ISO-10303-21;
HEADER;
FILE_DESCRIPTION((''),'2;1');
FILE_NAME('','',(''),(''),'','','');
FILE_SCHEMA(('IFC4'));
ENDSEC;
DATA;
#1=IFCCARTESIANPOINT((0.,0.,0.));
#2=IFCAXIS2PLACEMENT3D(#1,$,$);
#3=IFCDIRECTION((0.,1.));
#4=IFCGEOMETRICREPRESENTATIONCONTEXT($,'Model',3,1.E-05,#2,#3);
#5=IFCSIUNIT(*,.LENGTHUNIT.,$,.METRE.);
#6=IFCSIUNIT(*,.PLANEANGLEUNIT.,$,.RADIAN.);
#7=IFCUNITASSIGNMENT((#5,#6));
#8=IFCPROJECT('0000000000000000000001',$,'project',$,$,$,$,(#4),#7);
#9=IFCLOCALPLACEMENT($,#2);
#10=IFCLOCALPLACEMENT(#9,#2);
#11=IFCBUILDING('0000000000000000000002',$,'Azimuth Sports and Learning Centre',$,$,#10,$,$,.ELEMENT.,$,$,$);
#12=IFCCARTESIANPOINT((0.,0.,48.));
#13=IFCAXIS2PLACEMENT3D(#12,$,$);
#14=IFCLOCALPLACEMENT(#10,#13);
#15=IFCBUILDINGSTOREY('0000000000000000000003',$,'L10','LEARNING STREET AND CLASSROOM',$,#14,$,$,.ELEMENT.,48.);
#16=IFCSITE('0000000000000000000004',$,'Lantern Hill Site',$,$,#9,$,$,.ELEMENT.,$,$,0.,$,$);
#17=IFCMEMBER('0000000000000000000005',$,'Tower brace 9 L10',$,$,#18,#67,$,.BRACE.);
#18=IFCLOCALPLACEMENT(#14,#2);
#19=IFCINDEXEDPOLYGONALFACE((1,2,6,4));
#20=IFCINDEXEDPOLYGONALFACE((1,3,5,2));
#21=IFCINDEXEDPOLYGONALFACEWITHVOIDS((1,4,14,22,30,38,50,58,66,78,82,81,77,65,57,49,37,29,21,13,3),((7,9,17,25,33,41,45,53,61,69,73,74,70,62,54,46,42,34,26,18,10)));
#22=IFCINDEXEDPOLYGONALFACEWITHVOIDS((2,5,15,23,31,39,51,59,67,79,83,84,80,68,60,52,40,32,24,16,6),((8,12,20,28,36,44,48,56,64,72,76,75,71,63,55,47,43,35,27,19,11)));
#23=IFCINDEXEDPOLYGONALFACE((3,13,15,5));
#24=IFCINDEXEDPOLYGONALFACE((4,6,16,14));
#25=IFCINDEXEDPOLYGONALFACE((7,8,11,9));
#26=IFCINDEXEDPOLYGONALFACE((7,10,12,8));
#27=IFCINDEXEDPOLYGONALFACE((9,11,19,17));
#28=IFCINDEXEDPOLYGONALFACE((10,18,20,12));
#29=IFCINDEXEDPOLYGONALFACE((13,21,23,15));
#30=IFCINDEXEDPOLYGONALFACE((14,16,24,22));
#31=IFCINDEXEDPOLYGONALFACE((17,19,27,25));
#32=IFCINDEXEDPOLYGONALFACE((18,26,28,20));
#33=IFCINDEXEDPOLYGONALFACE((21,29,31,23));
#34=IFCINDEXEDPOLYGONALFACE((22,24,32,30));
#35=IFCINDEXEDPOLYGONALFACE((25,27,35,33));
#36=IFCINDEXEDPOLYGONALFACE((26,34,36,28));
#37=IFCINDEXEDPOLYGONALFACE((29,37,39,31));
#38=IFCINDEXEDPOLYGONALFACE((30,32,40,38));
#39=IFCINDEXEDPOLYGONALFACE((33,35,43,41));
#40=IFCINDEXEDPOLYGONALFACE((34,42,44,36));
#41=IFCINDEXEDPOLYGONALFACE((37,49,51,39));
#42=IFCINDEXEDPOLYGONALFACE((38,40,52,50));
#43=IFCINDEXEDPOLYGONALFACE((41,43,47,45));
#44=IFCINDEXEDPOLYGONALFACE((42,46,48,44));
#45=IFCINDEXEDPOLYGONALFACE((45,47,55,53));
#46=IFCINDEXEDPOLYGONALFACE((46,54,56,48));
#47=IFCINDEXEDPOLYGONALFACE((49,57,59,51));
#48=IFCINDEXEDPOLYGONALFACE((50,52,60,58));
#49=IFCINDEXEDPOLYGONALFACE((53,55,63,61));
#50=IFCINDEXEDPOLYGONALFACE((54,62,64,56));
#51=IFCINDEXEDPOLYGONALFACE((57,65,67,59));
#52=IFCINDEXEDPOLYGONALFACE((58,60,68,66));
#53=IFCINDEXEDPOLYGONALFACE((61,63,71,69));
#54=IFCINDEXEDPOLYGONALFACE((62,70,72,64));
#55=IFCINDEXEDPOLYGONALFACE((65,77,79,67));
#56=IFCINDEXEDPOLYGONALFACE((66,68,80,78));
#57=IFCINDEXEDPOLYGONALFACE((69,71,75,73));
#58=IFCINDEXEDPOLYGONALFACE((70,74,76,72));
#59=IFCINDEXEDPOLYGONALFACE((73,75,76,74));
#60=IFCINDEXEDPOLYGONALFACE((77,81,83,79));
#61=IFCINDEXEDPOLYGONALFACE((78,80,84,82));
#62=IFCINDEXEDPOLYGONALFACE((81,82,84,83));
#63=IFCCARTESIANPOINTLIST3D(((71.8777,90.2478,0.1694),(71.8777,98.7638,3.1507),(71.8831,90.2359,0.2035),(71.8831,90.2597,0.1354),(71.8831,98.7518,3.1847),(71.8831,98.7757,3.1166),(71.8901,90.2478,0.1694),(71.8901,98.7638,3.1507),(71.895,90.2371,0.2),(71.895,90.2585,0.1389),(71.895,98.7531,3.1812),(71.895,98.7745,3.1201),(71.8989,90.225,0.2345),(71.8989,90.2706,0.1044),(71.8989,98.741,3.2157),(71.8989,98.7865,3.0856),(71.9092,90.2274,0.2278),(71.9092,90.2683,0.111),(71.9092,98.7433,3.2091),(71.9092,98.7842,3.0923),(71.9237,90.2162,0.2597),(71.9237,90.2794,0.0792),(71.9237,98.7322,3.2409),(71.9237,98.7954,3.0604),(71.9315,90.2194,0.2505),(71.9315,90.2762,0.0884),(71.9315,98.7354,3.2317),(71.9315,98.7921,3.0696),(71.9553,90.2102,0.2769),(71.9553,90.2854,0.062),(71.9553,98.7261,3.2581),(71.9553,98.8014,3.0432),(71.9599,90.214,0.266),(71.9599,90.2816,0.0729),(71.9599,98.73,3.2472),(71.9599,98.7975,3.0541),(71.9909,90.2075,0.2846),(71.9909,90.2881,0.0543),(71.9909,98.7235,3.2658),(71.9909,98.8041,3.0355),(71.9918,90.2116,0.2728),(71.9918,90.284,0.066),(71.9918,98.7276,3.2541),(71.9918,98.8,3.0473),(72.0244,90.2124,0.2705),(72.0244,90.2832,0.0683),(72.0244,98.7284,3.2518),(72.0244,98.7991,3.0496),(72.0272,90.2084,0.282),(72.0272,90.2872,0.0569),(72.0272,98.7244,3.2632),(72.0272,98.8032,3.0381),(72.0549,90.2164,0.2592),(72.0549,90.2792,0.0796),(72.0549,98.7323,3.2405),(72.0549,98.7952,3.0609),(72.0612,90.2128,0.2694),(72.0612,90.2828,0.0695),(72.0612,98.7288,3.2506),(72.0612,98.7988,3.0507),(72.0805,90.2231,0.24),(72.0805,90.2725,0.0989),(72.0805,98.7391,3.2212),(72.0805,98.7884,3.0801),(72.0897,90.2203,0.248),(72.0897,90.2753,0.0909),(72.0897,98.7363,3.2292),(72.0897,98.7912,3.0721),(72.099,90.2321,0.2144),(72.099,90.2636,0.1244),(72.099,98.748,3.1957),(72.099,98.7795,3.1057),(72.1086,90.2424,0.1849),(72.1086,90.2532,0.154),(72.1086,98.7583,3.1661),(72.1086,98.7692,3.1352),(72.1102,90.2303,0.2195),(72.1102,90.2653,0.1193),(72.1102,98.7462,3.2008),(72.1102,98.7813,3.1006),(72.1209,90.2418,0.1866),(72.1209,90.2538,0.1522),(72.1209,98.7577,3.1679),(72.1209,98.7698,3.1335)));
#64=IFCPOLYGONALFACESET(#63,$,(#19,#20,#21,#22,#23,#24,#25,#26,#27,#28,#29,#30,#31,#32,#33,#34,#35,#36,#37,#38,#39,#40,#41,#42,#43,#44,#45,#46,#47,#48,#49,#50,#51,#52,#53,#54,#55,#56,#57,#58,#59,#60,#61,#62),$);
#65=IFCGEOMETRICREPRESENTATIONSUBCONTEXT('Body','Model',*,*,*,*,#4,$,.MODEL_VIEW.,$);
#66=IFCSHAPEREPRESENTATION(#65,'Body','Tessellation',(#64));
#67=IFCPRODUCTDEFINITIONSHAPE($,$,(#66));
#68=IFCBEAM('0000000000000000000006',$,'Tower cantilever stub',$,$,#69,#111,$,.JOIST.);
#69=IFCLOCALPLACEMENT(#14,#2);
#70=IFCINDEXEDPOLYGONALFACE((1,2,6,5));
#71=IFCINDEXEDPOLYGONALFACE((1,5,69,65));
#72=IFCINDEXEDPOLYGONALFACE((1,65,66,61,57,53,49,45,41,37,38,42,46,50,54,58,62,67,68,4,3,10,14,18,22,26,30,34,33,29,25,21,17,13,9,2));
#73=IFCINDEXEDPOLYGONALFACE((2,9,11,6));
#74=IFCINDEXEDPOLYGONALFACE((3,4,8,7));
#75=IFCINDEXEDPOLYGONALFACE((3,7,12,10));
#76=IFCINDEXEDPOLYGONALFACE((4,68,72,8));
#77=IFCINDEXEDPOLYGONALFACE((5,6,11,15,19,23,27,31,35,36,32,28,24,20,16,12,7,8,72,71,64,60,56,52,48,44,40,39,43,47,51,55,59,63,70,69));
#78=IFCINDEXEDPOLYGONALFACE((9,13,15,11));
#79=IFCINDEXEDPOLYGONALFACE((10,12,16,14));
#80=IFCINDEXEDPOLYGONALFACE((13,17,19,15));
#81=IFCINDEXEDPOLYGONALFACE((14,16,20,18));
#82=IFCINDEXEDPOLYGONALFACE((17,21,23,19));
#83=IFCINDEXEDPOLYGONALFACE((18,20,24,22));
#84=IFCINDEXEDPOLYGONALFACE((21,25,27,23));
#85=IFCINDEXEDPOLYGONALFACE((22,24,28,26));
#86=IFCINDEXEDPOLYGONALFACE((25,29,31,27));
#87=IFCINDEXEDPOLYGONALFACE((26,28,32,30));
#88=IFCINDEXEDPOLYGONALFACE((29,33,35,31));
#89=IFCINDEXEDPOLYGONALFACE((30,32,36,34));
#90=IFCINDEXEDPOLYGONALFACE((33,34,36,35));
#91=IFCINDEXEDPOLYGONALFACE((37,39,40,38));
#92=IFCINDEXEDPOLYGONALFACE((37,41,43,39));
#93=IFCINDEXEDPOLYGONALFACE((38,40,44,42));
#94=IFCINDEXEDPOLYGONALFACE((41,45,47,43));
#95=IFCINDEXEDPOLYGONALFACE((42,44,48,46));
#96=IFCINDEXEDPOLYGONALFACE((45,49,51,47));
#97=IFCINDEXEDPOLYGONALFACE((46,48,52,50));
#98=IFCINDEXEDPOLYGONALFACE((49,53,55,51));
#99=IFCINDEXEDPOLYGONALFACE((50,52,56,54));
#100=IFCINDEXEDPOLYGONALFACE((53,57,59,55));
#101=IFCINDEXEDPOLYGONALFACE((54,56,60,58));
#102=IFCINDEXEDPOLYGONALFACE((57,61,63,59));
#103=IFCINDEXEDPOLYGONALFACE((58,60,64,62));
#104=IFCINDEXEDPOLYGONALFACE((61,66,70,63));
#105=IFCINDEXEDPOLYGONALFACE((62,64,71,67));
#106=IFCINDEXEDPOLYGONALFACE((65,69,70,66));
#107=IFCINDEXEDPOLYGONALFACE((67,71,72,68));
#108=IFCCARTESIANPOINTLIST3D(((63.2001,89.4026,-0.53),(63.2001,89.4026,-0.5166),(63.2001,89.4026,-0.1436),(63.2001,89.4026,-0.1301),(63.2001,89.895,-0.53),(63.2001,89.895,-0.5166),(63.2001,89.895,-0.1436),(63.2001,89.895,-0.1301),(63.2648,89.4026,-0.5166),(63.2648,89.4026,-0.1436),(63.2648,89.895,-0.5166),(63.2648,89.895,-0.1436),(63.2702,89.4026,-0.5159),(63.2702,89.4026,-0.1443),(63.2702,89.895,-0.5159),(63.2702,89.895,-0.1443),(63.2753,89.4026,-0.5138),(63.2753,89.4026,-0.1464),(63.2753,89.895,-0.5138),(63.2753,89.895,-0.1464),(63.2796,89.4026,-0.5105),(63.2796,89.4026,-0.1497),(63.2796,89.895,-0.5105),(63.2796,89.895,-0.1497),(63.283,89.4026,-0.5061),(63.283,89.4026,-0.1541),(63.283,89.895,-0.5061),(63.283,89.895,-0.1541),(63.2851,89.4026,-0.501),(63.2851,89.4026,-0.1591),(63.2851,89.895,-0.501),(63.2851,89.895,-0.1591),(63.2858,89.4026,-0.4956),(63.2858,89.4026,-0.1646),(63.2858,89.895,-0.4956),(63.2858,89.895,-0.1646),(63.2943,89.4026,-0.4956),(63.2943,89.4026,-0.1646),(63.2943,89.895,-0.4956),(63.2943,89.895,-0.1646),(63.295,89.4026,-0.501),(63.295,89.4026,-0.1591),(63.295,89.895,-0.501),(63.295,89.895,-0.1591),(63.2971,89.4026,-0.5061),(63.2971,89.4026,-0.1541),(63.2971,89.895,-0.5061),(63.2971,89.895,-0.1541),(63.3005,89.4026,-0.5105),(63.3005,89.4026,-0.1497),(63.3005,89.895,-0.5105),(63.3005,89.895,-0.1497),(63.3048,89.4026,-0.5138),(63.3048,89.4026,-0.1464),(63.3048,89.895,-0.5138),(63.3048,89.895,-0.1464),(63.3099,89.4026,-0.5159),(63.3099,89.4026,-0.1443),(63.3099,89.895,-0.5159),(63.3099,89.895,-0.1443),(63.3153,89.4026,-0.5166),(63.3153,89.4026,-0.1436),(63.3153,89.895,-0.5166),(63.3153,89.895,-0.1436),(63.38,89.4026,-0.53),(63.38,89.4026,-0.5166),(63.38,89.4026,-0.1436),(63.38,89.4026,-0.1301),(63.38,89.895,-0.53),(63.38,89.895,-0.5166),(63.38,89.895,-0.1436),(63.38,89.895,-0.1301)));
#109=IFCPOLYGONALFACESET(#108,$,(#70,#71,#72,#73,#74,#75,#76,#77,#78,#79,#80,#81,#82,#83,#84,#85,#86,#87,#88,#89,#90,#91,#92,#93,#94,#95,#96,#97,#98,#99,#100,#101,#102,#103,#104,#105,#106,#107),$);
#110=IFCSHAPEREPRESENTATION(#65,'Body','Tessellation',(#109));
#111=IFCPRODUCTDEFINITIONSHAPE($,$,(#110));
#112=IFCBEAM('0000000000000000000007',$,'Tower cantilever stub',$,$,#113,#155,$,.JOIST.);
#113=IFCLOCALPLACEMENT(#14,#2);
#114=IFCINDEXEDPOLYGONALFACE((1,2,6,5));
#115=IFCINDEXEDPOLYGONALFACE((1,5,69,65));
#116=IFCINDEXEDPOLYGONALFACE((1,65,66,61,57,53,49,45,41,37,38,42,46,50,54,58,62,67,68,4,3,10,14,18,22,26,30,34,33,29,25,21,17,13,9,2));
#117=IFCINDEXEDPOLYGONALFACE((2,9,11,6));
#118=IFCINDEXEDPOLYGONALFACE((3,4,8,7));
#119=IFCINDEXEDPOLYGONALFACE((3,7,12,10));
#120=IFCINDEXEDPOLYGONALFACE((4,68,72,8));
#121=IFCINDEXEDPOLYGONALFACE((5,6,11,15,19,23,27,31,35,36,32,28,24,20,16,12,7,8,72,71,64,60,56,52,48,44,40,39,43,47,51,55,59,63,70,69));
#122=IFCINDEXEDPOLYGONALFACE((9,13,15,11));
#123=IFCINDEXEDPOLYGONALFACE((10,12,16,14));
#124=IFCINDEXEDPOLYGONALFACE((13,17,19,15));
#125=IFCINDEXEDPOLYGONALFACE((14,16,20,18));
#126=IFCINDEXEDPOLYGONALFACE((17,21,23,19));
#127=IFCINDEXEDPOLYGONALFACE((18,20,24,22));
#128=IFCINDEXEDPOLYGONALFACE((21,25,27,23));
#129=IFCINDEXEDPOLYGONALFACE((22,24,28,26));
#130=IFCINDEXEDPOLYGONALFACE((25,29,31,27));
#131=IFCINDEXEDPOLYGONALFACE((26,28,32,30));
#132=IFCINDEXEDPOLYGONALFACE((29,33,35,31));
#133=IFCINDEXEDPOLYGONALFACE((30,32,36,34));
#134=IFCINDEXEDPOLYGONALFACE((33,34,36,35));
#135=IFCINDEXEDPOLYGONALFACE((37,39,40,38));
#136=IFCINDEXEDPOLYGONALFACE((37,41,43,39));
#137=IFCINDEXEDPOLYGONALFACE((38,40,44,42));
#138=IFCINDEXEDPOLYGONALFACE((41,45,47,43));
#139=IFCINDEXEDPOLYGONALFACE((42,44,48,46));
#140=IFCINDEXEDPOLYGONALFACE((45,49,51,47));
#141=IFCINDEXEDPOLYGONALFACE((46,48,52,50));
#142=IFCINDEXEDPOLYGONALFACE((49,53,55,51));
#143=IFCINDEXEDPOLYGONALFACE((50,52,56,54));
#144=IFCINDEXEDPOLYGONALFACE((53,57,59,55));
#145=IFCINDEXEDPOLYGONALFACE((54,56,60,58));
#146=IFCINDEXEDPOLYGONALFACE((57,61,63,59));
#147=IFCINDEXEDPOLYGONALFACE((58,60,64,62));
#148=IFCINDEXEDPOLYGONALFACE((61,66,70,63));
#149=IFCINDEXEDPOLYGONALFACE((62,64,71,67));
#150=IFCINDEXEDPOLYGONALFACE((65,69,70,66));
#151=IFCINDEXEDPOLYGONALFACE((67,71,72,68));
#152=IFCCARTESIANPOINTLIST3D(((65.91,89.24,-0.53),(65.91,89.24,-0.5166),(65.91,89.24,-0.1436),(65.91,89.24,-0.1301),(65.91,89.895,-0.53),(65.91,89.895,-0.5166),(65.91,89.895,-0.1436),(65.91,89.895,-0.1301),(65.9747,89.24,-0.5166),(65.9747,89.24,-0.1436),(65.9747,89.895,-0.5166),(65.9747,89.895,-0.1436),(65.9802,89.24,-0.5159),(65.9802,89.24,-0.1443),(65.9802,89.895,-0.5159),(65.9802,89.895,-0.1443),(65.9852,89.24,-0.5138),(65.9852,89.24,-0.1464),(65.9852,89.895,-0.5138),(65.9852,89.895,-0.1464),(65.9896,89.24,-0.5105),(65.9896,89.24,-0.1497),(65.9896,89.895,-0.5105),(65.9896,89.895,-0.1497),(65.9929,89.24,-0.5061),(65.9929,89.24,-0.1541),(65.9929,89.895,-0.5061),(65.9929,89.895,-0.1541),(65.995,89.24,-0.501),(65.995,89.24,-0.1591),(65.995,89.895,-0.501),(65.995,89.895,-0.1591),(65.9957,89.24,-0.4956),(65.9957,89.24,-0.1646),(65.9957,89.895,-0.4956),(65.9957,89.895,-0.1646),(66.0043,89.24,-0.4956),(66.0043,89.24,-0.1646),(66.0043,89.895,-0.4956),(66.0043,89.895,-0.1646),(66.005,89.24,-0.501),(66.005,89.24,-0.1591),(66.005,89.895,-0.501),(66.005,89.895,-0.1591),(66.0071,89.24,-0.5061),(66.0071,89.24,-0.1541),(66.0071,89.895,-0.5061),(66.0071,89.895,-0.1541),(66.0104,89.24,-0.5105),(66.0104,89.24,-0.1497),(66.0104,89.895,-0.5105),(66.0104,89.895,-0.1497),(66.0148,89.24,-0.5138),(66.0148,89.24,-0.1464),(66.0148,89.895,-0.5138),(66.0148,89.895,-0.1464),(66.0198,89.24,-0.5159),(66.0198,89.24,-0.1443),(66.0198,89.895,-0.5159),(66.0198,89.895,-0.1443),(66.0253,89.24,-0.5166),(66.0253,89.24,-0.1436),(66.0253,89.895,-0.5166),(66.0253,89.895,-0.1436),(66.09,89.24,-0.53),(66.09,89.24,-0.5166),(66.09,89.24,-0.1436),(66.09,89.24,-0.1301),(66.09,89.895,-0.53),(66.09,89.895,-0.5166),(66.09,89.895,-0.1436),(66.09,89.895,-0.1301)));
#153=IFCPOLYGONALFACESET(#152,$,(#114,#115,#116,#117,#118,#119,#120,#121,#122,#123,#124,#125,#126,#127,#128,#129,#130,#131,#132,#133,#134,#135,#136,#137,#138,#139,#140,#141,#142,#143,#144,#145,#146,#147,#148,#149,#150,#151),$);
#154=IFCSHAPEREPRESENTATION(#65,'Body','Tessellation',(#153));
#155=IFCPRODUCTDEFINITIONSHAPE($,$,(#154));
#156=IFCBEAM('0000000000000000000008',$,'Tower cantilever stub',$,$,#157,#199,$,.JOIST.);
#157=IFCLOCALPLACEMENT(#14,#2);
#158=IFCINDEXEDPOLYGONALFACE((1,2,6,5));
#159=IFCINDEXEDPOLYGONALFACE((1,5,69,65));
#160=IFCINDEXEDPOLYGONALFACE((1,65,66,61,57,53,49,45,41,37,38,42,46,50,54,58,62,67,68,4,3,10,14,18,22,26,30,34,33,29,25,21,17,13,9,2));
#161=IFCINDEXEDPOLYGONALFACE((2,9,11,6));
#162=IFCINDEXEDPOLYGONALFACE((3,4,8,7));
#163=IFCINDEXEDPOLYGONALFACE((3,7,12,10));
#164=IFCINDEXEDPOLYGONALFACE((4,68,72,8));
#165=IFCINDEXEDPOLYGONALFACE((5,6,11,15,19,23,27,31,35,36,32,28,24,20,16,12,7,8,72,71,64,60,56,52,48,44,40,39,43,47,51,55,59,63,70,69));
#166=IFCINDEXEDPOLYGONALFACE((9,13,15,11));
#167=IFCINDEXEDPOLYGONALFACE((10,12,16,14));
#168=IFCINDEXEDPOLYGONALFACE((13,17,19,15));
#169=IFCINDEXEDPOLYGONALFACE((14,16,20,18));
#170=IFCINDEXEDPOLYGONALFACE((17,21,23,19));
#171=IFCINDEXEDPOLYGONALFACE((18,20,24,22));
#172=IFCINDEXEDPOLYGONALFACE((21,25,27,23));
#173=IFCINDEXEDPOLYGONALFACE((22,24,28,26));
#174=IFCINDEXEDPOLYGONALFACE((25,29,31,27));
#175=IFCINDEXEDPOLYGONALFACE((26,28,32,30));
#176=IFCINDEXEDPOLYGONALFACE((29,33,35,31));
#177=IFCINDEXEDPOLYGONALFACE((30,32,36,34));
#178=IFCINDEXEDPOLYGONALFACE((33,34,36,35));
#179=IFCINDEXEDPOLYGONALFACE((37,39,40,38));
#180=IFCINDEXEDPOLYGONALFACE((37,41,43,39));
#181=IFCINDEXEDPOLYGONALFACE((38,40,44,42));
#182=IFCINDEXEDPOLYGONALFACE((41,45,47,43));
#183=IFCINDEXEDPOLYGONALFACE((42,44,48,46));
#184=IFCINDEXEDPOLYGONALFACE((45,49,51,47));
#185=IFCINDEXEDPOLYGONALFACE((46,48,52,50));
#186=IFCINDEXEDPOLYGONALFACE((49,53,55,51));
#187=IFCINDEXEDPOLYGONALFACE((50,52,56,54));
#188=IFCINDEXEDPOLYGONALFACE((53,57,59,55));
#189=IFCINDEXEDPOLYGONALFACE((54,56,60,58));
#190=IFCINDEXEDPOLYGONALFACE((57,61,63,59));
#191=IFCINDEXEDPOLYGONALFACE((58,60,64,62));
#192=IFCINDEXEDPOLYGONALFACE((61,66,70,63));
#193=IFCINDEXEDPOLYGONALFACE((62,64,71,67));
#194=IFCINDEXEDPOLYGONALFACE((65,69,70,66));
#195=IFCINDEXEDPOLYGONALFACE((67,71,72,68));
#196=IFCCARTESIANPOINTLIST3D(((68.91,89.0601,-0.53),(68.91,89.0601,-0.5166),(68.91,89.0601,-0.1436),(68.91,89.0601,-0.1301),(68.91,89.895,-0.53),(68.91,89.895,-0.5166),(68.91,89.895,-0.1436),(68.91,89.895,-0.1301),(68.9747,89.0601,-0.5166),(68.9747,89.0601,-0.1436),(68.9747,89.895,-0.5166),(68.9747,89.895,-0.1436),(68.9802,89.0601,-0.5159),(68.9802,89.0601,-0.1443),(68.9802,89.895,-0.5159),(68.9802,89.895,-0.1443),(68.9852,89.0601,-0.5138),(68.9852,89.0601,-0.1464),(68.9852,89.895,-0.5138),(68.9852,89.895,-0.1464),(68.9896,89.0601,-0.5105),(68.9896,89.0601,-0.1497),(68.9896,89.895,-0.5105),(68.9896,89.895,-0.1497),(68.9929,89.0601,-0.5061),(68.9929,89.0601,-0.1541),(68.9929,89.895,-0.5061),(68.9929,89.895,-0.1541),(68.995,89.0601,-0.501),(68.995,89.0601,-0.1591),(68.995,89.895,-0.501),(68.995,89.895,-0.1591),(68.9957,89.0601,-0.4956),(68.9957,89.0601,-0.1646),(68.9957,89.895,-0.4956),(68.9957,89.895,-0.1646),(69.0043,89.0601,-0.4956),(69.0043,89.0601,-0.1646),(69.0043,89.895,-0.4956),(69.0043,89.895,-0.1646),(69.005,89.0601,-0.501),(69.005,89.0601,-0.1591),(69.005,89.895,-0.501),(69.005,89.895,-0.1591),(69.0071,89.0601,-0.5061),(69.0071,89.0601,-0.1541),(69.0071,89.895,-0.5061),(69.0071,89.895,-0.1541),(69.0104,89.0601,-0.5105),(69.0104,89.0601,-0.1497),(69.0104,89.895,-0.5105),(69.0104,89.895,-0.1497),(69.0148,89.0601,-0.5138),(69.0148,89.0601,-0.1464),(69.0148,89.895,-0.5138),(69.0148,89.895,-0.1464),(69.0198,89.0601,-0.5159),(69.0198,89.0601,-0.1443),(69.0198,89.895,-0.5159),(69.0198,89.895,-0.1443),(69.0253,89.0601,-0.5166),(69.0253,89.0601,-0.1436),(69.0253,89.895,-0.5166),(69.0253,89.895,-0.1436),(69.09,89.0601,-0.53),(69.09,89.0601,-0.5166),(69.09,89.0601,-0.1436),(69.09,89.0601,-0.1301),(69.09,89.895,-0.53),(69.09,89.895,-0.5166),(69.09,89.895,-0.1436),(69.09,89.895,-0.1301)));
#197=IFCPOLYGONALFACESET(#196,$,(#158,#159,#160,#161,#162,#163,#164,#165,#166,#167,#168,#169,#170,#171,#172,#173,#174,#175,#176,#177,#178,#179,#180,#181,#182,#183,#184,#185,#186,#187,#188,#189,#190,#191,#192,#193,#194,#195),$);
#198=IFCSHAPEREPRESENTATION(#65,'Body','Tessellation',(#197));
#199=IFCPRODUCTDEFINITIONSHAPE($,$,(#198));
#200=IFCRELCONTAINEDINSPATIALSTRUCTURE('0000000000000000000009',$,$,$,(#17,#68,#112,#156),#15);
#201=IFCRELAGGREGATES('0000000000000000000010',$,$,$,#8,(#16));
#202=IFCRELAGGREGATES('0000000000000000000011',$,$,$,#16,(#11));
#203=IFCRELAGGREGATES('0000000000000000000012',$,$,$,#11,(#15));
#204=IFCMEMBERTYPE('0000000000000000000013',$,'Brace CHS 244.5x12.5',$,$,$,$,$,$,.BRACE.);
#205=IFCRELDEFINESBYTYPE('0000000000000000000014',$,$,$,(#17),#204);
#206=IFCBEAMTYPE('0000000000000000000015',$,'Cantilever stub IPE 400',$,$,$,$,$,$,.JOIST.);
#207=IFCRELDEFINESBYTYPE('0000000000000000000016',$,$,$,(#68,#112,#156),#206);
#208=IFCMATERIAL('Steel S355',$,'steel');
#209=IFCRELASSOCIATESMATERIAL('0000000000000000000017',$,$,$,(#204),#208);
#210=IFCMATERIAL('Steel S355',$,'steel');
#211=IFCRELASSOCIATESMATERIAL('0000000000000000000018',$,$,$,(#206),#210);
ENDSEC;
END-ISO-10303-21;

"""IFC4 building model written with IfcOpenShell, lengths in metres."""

from ifc_helpers import new_model, si_unit, direction, frame, origin, origin_2d, place, context, subcontext, project, spatial, hollow_circle, i_section, extrude, material, material_profile, profile_set, type_object, element, save


model = new_model("IFC4")

# Units and contexts
model_context = context("Model", 3, precision=1e-05, world=origin(), true_north=direction((0.0, 1.0)))
body_context = subcontext(model_context, "Body", "Model", "MODEL_VIEW")
ifc_project = project(units=[si_unit("LENGTHUNIT", "METRE"), si_unit("PLANEANGLEUNIT", "RADIAN")], contexts=[model_context])

# Site, building, storey
site_placement = place(None, origin())
site = spatial("IfcSite", under=ifc_project, at=site_placement, Name="Lantern Hill Site", CompositionType="ELEMENT", RefElevation=0.0)
building_placement = place(site_placement, origin())
building = spatial("IfcBuilding", under=site, at=building_placement, Name="Azimuth Sports and Learning Centre", CompositionType="ELEMENT")
storey_placement = place(building_placement, frame((0.0, 0.0, 48.0)))
storey = spatial("IfcBuildingStorey", under=building, at=storey_placement, Name="L10", Description="LEARNING STREET AND CLASSROOM", CompositionType="ELEMENT", Elevation=48.0)

# Member
ifc_material_1 = material(Name="Steel S355", Category="steel")
ifc_material_profile_1 = material_profile(ifc_material_1, hollow_circle(Radius=0.1223, WallThickness=0.0125, at=origin_2d()), Name="CHS 244.5x12.5")
ifc_profile_set_1 = profile_set([ifc_material_profile_1], Name="Steel S355")
member_type_1 = type_object("IfcMemberType", Name="Brace CHS 244.5x12.5", PredefinedType="BRACE", material=ifc_profile_set_1)
member_1_placement = place(storey_placement, frame((72.0, 90.2478, 0.1694), z_axis=(0.0, 0.943836, 0.330414), x_axis=(-1.0, 0.0, 0.0)))
element("IfcMember", 1, at=member_1_placement, inside=storey, type_object=member_type_1, Name="Tower brace 9 L10", PredefinedType="BRACE", context=body_context, shape_type="SweptSolid", body=[
    extrude(hollow_circle(Radius=0.1223, WallThickness=0.0125, at=origin_2d()), origin(), (0.0, 0.0, 1.0), 9.0227),
])

# Beams
ifc_material_2 = material(Name="Steel S355", Category="steel")
ifc_material_profile_2 = material_profile(ifc_material_2, i_section(OverallWidth=0.1799, OverallDepth=0.3999, WebThickness=0.0085, FlangeThickness=0.0134, FilletRadius=0.021, at=origin_2d()), Name="IPE 400")
ifc_profile_set_2 = profile_set([ifc_material_profile_2], Name="Steel S355")
beam_type_1 = type_object("IfcBeamType", Name="Cantilever stub IPE 400", PredefinedType="JOIST", material=ifc_profile_set_2)
beam_1_placement = place(storey_placement, frame((63.29, 89.895, -0.3301), z_axis=(0.0, -1.0, 0.0), x_axis=(1.0, 0.0, 0.0)))
element("IfcBeam", 2, at=beam_1_placement, inside=storey, type_object=beam_type_1, Name="Tower cantilever stub", PredefinedType="JOIST", context=body_context, shape_type="SweptSolid", body=[
    extrude(i_section(OverallWidth=0.1799, OverallDepth=0.3999, WebThickness=0.0085, FlangeThickness=0.0134, FilletRadius=0.021, at=origin_2d()), origin(), (0.0, 0.0, 1.0), 0.4924),
])
beam_2_placement = place(storey_placement, frame((66.0, 89.895, -0.3301), z_axis=(0.0, -1.0, 0.0), x_axis=(1.0, 0.0, 0.0)))
element("IfcBeam", 3, at=beam_2_placement, inside=storey, type_object=beam_type_1, Name="Tower cantilever stub", PredefinedType="JOIST", context=body_context, shape_type="SweptSolid", body=[
    extrude(i_section(OverallWidth=0.1799, OverallDepth=0.3999, WebThickness=0.0085, FlangeThickness=0.0134, FilletRadius=0.021, at=origin_2d()), origin(), (0.0, 0.0, 1.0), 0.655),
])
beam_3_placement = place(storey_placement, frame((69.0, 89.895, -0.3301), z_axis=(0.0, -1.0, 0.0), x_axis=(1.0, 0.0, 0.0)))
element("IfcBeam", 4, at=beam_3_placement, inside=storey, type_object=beam_type_1, Name="Tower cantilever stub", PredefinedType="JOIST", context=body_context, shape_type="SweptSolid", body=[
    extrude(i_section(OverallWidth=0.1799, OverallDepth=0.3999, WebThickness=0.0085, FlangeThickness=0.0134, FilletRadius=0.021, at=origin_2d()), origin(), (0.0, 0.0, 1.0), 0.835),
])

save(model, "model.ifc")
